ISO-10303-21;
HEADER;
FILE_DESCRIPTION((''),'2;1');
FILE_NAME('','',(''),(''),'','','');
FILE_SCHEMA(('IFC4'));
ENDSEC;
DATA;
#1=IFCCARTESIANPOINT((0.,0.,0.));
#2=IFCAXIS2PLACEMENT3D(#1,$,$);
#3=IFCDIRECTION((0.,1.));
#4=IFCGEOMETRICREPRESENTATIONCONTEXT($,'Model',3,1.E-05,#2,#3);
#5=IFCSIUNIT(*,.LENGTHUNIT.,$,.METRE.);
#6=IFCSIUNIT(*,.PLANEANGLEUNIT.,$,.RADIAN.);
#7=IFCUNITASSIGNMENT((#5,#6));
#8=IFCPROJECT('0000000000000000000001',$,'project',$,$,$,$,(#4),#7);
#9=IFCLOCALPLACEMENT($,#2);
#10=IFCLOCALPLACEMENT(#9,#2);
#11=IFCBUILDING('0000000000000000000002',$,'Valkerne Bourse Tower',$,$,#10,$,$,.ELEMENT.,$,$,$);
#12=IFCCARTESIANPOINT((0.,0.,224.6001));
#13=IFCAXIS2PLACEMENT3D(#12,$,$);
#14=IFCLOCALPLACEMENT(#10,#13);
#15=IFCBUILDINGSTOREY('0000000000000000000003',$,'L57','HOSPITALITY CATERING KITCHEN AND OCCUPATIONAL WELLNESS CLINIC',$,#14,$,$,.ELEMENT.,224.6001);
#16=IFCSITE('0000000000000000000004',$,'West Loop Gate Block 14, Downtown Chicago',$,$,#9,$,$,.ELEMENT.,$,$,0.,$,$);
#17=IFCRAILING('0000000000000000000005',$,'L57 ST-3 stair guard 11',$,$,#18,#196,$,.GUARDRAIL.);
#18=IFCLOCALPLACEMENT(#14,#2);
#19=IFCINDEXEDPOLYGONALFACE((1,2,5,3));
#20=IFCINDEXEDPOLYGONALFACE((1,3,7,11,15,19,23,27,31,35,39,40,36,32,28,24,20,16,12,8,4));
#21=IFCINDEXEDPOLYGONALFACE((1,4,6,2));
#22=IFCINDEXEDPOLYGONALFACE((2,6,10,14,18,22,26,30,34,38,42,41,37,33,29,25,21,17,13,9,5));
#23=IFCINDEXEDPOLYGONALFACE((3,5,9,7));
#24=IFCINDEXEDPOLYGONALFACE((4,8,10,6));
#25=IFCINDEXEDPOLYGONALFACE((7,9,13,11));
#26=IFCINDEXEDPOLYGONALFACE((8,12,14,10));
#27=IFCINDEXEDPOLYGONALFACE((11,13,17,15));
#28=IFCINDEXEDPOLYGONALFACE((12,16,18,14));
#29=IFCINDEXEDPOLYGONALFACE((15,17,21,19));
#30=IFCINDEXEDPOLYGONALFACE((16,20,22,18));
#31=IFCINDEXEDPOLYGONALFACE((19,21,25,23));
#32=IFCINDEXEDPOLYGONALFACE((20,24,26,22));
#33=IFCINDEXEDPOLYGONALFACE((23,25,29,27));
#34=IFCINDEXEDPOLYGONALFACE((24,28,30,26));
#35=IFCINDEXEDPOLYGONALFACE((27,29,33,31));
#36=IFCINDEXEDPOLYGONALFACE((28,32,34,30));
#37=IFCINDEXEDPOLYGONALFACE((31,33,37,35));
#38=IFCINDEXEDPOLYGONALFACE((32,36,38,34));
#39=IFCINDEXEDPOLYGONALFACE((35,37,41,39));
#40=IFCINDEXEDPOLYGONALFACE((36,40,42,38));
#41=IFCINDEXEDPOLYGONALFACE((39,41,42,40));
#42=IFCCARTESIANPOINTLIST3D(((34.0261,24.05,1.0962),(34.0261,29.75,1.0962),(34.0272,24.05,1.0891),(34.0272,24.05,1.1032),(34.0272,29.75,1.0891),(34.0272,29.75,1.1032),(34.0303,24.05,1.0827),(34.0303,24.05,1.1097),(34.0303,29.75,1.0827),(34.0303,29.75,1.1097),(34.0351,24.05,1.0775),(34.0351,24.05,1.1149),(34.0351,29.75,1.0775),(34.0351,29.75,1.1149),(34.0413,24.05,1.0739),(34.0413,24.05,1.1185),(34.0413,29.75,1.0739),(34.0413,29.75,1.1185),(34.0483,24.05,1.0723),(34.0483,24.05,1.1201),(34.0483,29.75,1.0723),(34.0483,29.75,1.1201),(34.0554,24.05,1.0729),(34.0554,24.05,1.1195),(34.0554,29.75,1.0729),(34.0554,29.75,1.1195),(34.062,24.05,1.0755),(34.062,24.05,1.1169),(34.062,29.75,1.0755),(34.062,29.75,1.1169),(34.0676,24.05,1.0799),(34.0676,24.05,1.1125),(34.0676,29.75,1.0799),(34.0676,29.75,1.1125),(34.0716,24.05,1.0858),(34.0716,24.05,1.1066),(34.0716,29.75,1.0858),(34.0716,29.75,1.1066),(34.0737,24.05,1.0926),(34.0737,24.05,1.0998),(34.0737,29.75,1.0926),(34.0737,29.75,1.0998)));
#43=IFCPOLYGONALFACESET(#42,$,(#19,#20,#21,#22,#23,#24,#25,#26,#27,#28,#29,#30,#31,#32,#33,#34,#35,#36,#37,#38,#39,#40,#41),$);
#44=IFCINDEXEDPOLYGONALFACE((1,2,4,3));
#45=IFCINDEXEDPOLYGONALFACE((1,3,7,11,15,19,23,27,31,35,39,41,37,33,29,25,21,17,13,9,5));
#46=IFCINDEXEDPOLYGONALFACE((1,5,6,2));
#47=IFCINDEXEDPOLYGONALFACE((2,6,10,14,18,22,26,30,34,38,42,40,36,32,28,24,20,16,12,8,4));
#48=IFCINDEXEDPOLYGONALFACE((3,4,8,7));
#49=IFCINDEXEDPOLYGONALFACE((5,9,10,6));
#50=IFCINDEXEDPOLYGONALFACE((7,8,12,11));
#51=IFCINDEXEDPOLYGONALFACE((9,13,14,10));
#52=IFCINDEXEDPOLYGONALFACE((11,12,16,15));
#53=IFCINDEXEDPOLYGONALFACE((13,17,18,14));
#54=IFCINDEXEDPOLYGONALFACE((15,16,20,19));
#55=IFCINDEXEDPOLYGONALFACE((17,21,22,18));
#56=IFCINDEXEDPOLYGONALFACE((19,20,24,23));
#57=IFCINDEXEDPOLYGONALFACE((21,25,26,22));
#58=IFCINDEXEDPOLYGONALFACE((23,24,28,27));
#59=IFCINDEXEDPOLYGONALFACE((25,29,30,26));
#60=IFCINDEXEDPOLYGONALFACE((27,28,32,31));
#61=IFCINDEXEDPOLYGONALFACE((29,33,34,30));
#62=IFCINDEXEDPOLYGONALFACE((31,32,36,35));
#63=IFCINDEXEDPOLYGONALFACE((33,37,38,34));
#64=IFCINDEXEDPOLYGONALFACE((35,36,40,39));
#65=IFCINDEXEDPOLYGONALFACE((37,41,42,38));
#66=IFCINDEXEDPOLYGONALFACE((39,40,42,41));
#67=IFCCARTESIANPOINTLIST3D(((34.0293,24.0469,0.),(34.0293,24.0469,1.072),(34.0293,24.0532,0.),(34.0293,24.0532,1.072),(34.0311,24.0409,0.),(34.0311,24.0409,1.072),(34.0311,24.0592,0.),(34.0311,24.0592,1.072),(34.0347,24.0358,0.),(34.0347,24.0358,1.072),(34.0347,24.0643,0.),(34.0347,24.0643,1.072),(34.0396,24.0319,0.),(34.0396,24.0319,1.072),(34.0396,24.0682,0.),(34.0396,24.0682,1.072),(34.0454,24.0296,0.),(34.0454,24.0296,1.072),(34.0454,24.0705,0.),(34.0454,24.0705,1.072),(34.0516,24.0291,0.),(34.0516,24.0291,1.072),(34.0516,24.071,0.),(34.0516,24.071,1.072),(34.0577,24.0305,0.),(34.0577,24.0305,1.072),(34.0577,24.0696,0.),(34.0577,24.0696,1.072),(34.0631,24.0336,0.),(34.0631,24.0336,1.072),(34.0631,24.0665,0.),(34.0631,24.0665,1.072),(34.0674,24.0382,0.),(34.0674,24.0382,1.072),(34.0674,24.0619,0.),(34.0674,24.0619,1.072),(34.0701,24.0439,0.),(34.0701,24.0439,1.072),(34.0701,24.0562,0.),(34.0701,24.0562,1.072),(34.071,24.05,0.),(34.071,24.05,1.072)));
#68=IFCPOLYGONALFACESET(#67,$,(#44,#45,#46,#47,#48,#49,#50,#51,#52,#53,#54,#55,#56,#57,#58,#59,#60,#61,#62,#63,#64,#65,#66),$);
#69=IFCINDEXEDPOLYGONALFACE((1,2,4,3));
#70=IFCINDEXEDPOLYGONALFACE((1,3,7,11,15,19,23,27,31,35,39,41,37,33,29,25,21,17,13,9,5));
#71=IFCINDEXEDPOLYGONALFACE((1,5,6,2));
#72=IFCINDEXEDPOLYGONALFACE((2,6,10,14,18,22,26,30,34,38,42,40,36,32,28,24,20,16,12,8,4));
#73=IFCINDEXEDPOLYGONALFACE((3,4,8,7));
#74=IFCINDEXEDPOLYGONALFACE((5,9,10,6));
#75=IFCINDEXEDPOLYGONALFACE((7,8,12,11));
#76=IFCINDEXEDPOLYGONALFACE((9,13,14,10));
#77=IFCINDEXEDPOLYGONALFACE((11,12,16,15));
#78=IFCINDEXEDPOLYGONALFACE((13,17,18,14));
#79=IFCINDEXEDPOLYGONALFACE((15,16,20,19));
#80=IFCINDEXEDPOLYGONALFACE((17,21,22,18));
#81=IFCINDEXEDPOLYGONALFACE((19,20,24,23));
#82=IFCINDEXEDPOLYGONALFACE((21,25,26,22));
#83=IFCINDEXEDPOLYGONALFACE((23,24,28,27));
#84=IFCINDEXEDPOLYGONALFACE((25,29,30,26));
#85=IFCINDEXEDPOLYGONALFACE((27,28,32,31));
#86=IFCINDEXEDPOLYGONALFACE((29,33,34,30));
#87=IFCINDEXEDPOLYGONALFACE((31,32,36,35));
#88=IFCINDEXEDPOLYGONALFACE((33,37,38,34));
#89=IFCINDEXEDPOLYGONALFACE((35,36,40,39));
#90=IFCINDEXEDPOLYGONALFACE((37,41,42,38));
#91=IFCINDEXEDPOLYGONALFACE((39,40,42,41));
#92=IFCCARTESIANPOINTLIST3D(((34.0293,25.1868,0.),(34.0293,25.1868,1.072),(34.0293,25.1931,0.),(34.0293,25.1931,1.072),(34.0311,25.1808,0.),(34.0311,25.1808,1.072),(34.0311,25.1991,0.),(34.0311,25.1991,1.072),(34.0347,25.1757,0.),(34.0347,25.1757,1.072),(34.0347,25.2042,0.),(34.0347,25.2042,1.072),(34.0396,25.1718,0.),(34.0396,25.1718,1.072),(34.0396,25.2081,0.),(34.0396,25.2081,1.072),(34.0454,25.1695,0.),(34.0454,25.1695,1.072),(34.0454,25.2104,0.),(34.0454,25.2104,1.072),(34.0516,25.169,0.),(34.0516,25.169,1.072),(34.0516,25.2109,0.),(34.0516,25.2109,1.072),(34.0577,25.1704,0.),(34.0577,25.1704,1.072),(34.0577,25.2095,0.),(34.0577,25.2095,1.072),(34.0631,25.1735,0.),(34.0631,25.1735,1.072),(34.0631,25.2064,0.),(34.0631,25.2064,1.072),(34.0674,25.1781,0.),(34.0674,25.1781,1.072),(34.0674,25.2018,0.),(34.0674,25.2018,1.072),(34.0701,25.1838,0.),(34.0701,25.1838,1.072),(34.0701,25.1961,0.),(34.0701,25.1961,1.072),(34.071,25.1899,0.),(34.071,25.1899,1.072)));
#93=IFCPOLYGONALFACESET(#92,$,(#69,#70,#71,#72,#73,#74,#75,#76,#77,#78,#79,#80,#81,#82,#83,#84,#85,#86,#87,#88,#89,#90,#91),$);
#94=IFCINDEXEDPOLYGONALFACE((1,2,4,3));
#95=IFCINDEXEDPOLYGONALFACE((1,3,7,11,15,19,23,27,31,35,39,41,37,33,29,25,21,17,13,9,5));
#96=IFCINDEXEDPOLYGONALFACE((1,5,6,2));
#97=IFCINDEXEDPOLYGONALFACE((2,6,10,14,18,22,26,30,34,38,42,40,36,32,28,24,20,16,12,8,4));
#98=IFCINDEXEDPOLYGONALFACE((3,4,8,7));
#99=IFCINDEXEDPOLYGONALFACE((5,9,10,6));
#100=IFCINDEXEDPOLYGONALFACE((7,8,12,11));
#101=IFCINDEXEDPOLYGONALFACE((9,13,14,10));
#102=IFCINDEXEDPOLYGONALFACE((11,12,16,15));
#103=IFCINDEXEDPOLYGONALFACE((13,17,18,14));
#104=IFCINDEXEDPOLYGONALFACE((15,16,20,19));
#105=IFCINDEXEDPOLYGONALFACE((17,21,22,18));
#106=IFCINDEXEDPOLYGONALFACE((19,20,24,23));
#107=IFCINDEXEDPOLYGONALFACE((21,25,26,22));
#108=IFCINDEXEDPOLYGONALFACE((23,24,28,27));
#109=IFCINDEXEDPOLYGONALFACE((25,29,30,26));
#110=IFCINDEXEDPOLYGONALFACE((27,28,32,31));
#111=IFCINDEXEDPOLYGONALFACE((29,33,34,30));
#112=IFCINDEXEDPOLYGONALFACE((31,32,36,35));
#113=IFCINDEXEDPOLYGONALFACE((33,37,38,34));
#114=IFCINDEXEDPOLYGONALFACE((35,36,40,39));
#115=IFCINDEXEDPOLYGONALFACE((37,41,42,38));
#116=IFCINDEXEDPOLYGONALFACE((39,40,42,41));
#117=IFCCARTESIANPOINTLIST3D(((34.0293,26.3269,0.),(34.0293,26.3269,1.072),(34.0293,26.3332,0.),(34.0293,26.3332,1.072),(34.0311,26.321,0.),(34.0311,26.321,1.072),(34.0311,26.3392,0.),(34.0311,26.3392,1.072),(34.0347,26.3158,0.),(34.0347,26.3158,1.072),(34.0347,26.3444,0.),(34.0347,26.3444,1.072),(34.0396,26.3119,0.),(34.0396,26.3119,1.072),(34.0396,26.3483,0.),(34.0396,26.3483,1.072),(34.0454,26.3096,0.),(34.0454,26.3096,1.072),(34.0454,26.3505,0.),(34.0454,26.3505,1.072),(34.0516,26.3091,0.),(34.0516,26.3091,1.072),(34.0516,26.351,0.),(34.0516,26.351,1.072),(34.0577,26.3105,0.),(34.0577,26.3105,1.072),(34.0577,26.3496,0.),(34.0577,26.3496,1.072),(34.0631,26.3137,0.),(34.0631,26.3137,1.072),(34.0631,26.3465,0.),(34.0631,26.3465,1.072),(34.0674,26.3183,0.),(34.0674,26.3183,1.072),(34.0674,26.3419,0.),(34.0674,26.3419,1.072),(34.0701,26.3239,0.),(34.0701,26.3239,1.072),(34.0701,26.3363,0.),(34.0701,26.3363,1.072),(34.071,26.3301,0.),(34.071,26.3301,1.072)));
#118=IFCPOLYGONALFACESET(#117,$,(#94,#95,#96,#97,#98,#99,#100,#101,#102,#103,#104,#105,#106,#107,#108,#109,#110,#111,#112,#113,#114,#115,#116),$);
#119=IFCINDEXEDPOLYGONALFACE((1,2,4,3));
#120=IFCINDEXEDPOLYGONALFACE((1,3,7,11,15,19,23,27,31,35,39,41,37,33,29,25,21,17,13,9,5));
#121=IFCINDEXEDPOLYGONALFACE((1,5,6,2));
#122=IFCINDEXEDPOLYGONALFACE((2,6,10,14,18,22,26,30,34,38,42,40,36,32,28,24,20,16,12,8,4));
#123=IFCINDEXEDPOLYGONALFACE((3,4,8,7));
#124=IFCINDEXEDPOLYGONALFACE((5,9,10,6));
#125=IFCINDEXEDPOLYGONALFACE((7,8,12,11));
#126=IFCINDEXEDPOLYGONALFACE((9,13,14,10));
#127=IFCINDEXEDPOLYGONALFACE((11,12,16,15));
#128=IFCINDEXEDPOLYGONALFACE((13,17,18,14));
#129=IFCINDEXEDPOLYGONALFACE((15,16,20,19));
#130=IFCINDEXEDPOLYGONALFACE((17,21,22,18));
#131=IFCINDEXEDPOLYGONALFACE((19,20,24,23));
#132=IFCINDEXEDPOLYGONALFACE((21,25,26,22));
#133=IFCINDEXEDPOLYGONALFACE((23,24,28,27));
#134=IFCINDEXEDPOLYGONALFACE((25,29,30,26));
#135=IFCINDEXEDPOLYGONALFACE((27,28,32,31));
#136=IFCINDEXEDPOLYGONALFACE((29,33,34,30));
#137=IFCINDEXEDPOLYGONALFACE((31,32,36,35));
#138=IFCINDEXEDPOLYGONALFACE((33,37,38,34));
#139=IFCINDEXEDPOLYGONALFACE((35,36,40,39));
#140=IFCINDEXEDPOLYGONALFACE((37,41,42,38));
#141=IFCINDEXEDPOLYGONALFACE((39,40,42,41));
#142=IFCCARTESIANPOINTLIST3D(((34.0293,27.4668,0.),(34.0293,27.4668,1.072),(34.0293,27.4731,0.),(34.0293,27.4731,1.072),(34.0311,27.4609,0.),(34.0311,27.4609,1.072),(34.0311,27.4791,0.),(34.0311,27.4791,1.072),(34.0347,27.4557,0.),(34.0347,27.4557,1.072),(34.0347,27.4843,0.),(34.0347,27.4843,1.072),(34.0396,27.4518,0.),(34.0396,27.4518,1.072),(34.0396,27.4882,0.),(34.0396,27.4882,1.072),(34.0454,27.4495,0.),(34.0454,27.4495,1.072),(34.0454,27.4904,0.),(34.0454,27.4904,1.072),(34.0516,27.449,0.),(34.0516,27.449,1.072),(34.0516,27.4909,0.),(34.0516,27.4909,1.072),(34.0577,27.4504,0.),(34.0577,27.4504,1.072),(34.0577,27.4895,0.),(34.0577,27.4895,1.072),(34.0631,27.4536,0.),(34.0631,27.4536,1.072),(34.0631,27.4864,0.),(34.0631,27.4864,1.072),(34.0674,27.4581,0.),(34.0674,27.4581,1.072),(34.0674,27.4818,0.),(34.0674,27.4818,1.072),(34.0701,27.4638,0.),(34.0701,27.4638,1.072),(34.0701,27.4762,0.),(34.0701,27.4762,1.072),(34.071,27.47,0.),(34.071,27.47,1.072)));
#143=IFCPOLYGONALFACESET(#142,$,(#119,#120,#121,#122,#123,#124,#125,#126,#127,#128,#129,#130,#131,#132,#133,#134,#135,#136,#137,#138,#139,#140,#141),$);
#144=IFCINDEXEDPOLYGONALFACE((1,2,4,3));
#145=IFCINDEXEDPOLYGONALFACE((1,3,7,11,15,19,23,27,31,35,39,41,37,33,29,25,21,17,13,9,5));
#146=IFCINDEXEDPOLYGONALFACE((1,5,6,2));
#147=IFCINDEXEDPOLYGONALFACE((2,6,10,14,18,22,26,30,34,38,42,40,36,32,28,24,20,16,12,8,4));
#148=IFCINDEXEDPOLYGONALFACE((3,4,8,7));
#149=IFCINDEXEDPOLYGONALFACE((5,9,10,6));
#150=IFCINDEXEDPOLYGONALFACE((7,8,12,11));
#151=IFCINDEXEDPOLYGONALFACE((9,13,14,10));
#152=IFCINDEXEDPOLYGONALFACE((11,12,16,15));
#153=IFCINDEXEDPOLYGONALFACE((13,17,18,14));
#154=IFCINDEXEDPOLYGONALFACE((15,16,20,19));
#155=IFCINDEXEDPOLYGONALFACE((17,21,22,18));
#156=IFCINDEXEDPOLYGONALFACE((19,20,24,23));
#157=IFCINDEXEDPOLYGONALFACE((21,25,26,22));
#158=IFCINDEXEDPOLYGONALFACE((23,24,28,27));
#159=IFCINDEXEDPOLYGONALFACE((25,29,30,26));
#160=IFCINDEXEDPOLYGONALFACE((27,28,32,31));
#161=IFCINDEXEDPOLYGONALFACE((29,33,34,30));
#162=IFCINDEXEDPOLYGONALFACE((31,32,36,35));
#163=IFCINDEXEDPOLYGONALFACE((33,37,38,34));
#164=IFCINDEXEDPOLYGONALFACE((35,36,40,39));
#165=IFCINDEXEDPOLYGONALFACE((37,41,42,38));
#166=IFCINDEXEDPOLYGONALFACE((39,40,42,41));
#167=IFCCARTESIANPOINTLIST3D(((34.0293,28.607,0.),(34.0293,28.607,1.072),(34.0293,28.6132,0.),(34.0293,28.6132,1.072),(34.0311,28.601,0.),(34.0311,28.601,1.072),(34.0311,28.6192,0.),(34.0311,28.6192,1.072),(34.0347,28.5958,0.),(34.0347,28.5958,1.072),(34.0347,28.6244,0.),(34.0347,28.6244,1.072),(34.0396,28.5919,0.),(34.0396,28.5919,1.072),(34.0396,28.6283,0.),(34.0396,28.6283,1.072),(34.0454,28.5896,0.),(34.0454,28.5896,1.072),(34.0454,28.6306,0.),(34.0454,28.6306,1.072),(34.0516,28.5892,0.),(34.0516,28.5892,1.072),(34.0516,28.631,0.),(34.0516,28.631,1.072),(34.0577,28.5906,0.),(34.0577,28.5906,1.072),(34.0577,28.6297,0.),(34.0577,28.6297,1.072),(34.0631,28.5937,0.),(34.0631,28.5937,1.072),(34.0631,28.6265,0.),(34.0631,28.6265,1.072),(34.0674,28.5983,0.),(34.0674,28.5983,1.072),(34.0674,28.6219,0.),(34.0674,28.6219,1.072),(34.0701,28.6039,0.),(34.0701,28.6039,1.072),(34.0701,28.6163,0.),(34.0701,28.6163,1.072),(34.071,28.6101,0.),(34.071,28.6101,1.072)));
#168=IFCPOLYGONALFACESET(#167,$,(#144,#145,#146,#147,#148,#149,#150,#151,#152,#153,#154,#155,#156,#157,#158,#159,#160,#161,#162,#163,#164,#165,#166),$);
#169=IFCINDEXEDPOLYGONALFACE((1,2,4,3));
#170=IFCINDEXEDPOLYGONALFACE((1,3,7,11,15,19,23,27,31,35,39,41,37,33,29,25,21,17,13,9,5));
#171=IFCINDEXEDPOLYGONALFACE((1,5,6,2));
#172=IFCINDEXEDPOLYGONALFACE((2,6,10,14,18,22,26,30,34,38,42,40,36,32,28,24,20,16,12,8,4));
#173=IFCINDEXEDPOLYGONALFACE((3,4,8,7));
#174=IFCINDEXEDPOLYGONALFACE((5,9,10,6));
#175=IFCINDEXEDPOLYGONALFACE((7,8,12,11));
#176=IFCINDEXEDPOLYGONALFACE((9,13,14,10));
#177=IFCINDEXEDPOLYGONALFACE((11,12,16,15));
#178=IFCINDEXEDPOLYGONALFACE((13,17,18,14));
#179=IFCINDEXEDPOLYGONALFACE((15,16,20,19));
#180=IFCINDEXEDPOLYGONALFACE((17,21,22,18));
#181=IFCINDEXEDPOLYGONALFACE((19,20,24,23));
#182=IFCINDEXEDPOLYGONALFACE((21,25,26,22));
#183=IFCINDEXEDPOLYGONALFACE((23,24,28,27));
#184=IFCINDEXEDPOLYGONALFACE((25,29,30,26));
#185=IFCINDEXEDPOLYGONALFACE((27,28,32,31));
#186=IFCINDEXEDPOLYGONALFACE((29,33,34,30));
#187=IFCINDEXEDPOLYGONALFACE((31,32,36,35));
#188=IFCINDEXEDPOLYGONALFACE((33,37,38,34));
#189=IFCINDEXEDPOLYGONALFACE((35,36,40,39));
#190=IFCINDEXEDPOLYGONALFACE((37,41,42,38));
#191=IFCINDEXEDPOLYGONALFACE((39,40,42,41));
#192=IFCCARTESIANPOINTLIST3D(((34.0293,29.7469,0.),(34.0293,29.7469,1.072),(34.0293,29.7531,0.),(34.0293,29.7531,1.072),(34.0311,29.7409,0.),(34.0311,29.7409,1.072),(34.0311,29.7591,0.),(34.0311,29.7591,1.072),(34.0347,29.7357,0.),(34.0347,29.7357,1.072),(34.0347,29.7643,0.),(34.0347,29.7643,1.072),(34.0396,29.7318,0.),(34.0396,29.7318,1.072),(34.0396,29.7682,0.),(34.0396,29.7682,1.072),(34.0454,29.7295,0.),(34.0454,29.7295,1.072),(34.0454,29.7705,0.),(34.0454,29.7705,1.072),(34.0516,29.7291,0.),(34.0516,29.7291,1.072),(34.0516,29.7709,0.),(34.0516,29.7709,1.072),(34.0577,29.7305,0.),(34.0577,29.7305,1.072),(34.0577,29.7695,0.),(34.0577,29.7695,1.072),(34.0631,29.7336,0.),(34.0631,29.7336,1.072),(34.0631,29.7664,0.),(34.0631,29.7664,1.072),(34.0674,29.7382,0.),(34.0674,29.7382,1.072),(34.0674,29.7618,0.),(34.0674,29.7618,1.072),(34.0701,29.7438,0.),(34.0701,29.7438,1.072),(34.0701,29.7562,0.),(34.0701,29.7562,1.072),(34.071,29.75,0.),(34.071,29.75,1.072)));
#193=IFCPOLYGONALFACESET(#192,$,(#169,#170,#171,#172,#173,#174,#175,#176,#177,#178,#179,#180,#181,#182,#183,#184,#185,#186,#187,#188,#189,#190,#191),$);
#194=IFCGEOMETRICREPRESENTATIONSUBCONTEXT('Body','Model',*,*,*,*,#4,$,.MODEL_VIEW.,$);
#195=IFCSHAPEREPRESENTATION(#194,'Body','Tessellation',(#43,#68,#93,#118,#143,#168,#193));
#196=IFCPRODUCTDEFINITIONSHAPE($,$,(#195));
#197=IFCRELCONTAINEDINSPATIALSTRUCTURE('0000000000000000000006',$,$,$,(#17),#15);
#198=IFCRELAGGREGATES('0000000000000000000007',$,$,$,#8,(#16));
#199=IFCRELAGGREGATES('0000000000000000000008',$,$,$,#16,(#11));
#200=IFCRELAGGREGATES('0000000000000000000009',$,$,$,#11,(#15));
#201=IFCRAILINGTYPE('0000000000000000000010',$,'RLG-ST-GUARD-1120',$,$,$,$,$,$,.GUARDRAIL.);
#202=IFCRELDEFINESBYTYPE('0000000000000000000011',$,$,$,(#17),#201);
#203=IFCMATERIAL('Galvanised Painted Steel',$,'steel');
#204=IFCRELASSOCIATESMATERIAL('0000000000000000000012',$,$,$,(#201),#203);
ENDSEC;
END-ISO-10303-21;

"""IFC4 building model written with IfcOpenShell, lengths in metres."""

from ifc_helpers import new_model, si_unit, direction, frame, origin, origin_2d, place, context, subcontext, project, spatial, circle, extrude, material, type_object, element, save


model = new_model("IFC4")

# Units and contexts
model_context = context("Model", 3, precision=1e-05, world=origin(), true_north=direction((0.0, 1.0)))
body_context = subcontext(model_context, "Body", "Model", "MODEL_VIEW")
ifc_project = project(units=[si_unit("LENGTHUNIT", "METRE"), si_unit("PLANEANGLEUNIT", "RADIAN")], contexts=[model_context])

# Site, building, storey
site_placement = place(None, origin())
site = spatial("IfcSite", under=ifc_project, at=site_placement, Name="West Loop Gate Block 14, Downtown Chicago", CompositionType="ELEMENT", RefElevation=0.0)
building_placement = place(site_placement, origin())
building = spatial("IfcBuilding", under=site, at=building_placement, Name="Valkerne Bourse Tower", CompositionType="ELEMENT")
storey_placement = place(building_placement, frame((0.0, 0.0, 224.6001)))
storey = spatial("IfcBuildingStorey", under=building, at=storey_placement, Name="L57", Description="HOSPITALITY CATERING KITCHEN AND OCCUPATIONAL WELLNESS CLINIC", CompositionType="ELEMENT", Elevation=224.6001)

# Shared definitions
ifc_material_1 = material(Name="Galvanised Painted Steel", Category="steel")

# Railing
railing_type_1 = type_object("IfcRailingType", Name="RLG-ST-GUARD-1120", PredefinedType="GUARDRAIL", material=ifc_material_1)
railing_1_placement = place(storey_placement, frame((34.05, 24.05, 0.0)))
element("IfcRailing", 1, at=railing_1_placement, inside=storey, type_object=railing_type_1, Name="L57 ST-3 stair guard 11", PredefinedType="GUARDRAIL", context=body_context, shape_type="SweptSolid", body=[
    extrude(circle(Radius=0.0239, at=origin_2d()), frame((0.0, 0.0, 1.0962), z_axis=(0.0, 1.0, 0.0), x_axis=(-1.0, 0.0, 0.0)), (0.0, 0.0, 1.0), 5.7),
    extrude(circle(Radius=0.021, at=origin_2d()), origin(), (0.0, 0.0, 1.0), 1.072),
    extrude(circle(Radius=0.021, at=origin_2d()), frame((0.0, 1.1399, 0.0)), (0.0, 0.0, 1.0), 1.072),
    extrude(circle(Radius=0.021, at=origin_2d()), frame((0.0, 2.28, 0.0)), (0.0, 0.0, 1.0), 1.072),
    extrude(circle(Radius=0.021, at=origin_2d()), frame((0.0, 3.4199, 0.0)), (0.0, 0.0, 1.0), 1.072),
    extrude(circle(Radius=0.021, at=origin_2d()), frame((0.0, 4.5601, 0.0)), (0.0, 0.0, 1.0), 1.072),
    extrude(circle(Radius=0.021, at=origin_2d()), frame((0.0, 5.7, 0.0)), (0.0, 0.0, 1.0), 1.072),
])

save(model, "model.ifc")
